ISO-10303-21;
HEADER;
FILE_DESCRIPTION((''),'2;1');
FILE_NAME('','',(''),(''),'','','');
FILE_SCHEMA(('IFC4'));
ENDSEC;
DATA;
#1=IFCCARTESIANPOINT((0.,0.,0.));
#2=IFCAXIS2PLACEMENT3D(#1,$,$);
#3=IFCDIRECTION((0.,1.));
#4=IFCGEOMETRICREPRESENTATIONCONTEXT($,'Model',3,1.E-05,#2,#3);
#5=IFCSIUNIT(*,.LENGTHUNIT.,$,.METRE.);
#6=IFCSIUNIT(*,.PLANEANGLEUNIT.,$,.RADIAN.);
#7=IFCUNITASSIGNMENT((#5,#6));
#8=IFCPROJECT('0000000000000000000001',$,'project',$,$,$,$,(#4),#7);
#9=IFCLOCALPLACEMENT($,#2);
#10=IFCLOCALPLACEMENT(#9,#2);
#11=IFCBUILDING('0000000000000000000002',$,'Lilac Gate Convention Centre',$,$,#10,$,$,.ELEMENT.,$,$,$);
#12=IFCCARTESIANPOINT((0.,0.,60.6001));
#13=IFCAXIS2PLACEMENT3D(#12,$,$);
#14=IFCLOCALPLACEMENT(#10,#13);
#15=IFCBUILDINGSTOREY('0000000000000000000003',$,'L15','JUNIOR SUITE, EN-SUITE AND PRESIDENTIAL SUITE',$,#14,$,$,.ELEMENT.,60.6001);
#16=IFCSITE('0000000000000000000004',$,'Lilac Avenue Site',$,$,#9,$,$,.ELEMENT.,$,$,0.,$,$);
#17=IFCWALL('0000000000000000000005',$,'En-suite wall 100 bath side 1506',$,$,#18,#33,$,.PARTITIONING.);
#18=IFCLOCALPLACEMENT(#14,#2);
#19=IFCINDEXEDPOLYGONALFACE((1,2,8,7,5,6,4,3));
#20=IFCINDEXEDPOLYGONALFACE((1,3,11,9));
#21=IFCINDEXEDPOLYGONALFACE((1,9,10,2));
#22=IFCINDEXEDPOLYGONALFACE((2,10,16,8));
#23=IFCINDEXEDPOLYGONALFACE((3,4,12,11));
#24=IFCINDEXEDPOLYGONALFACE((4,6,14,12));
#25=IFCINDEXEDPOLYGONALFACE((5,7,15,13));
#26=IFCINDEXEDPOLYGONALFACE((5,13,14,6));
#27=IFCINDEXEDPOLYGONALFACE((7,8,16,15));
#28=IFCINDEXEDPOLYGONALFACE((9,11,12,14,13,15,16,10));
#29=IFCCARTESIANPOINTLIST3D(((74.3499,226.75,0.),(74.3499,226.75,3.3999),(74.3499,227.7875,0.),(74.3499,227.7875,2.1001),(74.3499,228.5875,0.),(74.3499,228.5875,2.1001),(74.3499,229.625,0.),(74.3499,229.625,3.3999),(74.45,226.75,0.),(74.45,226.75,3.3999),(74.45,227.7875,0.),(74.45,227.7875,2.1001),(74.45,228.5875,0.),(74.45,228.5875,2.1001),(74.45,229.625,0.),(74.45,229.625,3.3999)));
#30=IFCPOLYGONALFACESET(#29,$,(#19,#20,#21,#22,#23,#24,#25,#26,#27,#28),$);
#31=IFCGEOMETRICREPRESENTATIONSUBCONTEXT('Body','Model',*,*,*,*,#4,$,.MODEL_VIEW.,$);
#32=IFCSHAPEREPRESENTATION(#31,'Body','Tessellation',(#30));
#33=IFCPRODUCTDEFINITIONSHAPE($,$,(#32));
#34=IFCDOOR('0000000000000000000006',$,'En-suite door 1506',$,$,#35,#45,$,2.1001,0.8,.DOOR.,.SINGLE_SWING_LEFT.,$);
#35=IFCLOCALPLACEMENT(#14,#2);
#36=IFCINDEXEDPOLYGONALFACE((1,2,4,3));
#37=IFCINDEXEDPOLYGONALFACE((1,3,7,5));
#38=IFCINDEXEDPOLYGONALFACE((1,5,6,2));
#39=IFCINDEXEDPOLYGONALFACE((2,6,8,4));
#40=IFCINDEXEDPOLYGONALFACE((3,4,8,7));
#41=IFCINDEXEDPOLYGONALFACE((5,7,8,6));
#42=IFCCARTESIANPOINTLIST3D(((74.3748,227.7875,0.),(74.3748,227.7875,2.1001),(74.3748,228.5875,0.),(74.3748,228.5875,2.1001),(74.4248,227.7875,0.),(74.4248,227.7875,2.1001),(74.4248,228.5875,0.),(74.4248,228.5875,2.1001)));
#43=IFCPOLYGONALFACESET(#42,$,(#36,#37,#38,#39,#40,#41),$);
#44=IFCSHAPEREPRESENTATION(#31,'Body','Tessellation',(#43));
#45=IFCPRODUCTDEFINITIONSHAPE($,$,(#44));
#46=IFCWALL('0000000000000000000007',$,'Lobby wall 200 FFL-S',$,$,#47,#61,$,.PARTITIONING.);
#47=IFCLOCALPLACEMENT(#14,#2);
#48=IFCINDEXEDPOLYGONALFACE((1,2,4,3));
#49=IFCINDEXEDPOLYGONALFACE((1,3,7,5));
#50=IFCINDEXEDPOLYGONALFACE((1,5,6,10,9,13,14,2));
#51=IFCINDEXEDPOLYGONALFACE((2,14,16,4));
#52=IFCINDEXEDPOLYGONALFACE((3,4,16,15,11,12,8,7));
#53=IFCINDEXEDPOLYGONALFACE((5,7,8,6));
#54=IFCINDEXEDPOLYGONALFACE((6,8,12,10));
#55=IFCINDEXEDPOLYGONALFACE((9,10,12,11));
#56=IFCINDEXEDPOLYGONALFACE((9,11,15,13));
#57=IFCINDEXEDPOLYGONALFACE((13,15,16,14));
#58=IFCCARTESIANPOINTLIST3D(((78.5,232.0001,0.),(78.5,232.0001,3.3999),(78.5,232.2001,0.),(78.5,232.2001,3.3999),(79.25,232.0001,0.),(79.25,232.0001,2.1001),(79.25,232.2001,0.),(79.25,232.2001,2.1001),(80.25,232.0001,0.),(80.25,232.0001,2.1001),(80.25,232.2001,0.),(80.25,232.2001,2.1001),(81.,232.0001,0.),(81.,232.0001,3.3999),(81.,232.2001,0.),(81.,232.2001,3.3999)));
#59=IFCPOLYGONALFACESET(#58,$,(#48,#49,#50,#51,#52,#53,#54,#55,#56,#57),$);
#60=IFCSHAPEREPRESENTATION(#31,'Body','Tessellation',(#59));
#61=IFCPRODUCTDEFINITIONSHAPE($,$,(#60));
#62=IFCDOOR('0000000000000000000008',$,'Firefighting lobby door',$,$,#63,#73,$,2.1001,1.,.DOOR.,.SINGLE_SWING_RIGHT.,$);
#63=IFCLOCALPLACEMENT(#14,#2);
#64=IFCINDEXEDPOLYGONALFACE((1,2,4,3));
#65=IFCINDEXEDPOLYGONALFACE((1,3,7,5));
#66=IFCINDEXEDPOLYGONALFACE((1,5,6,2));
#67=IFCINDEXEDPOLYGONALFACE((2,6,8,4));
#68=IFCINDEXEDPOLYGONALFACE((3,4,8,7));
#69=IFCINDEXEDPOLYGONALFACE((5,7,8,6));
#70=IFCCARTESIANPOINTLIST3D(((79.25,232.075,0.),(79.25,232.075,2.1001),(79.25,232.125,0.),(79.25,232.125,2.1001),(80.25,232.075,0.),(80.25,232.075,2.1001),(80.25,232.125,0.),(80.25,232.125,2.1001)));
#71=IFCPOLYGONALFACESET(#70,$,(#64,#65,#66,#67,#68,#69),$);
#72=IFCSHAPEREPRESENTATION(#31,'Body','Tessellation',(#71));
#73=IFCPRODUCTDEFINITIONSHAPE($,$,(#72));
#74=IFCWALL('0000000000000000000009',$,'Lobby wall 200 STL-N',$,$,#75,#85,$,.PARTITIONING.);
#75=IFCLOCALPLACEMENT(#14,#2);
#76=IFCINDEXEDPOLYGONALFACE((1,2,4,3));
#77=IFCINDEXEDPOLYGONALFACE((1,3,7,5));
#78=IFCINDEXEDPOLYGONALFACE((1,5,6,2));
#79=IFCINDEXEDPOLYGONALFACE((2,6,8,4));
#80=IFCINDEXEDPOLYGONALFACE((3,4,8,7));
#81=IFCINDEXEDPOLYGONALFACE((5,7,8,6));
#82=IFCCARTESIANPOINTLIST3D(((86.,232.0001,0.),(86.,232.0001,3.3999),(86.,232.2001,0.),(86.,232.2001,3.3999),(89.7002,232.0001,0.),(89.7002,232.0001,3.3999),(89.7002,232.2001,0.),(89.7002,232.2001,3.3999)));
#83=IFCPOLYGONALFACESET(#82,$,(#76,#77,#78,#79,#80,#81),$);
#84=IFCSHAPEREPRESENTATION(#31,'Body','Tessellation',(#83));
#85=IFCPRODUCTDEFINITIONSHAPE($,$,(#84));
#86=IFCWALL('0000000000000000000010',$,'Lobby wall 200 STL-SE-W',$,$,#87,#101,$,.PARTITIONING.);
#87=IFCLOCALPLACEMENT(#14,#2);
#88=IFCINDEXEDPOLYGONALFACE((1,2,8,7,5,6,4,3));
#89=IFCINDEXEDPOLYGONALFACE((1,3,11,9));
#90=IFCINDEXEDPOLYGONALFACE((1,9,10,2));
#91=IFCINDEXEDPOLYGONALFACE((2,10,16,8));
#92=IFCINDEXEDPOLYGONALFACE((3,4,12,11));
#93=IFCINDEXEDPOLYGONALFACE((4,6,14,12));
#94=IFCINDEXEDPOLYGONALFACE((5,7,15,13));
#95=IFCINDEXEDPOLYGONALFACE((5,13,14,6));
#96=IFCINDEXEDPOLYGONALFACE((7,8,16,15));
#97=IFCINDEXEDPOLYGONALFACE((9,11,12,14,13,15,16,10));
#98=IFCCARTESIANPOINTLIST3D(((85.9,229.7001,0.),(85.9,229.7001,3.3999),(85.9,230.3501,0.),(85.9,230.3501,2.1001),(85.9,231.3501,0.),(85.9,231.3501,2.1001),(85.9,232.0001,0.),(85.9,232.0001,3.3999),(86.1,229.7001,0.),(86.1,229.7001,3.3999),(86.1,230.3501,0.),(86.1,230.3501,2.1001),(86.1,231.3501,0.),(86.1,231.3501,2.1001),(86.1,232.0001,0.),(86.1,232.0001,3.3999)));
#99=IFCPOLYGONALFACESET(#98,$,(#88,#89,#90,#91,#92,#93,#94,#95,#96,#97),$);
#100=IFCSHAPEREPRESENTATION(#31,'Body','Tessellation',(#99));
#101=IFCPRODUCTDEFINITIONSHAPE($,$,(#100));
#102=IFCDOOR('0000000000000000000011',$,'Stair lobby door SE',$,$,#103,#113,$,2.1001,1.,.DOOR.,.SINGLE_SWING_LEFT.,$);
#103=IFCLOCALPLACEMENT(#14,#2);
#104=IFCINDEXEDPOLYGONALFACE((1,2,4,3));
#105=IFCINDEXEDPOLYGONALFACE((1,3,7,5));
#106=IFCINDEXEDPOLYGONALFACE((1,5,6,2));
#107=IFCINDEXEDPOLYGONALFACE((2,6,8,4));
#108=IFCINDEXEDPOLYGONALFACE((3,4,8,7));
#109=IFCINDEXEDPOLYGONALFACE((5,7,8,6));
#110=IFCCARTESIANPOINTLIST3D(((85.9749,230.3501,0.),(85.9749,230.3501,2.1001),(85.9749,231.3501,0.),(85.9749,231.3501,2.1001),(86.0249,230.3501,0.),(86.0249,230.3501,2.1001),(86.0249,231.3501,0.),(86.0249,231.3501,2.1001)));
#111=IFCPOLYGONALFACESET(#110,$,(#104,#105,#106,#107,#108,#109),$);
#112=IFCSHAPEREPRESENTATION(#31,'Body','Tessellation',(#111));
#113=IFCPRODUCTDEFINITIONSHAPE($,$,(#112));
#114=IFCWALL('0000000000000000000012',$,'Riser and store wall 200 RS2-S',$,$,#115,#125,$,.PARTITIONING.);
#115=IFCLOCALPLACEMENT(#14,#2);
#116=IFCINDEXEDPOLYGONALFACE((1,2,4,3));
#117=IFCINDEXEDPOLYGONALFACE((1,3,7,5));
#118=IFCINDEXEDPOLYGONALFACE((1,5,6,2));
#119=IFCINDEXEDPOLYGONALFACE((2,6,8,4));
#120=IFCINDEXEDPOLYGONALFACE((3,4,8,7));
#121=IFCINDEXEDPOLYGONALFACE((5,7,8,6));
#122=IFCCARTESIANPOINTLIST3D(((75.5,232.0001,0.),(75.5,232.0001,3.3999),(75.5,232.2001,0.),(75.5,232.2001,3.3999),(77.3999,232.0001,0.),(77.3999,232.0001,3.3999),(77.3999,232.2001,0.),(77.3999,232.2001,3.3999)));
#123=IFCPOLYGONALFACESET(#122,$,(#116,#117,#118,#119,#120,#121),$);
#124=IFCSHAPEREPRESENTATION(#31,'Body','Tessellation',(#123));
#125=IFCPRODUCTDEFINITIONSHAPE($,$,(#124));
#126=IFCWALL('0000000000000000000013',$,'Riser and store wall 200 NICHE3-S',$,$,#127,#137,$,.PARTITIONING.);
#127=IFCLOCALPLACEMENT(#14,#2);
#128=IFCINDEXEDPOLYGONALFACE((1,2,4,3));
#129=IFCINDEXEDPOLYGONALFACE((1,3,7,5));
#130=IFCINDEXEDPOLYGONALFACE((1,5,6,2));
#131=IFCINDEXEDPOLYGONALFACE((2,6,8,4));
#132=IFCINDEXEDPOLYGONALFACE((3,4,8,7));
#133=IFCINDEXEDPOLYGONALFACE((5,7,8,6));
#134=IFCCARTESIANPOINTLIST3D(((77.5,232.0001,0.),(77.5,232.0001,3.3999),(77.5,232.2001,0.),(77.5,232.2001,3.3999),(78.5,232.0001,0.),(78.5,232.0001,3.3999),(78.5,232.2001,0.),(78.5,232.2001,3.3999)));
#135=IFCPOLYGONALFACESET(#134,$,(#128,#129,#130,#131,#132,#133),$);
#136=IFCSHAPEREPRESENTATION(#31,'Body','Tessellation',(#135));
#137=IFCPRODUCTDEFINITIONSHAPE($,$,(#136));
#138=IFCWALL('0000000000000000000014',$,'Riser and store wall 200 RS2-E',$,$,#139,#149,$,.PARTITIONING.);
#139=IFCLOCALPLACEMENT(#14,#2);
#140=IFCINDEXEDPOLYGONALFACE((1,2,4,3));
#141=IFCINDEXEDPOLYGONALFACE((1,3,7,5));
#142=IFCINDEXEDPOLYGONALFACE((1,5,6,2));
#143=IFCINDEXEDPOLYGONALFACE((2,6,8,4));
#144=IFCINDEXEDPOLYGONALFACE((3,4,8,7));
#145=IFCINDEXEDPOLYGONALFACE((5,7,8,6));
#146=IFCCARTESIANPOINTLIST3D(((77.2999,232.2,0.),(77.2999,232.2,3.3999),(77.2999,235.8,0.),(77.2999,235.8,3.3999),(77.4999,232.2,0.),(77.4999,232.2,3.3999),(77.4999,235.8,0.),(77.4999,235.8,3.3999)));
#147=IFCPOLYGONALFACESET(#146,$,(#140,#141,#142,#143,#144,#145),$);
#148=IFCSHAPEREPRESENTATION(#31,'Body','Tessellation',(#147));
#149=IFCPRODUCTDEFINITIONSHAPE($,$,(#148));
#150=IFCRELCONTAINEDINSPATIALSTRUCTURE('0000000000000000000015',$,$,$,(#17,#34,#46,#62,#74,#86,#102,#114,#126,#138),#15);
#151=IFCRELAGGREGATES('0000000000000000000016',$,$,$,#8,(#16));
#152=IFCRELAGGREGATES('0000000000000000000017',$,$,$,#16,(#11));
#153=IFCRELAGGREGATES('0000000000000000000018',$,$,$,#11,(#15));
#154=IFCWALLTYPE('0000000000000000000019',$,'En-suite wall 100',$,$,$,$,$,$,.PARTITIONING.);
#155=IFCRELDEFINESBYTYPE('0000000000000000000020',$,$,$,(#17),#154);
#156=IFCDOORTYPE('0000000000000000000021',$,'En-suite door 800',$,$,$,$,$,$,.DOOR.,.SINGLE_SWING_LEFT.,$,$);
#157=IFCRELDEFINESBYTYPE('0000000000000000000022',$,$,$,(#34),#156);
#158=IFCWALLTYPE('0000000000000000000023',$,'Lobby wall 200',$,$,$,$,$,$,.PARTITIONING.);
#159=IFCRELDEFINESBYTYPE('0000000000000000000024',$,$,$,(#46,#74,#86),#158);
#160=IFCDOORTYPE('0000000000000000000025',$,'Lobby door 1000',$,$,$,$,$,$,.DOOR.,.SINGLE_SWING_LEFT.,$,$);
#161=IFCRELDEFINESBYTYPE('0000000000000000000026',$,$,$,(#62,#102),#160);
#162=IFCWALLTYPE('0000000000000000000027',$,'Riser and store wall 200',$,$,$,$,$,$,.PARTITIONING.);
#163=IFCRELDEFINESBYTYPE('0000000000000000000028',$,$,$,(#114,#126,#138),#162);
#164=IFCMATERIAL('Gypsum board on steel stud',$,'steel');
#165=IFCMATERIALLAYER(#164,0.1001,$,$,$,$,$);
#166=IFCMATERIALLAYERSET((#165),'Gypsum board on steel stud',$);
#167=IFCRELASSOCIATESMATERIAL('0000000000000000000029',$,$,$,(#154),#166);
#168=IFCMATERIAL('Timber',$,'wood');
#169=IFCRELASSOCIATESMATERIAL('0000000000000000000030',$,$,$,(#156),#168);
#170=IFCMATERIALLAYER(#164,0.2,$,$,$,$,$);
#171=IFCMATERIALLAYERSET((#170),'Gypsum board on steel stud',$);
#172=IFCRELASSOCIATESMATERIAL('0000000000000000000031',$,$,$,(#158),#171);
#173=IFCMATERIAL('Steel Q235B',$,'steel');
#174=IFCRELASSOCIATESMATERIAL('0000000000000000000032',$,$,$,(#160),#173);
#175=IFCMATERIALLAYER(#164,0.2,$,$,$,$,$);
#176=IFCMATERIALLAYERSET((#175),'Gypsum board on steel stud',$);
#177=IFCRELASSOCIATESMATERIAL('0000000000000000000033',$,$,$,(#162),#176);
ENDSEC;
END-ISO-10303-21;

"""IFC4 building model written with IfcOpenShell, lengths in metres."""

from ifc_helpers import new_model, si_unit, direction, frame, frame_2d, origin, place, context, subcontext, project, spatial, rectangle, extrude, material, layer, layer_set, type_object, element, fill, save


model = new_model("IFC4")

# Units and contexts
model_context = context("Model", 3, precision=1e-05, world=origin(), true_north=direction((0.0, 1.0)))
body_context = subcontext(model_context, "Body", "Model", "MODEL_VIEW")
ifc_project = project(units=[si_unit("LENGTHUNIT", "METRE"), si_unit("PLANEANGLEUNIT", "RADIAN")], contexts=[model_context])

# Site, building, storey
site_placement = place(None, origin())
site = spatial("IfcSite", under=ifc_project, at=site_placement, Name="Lilac Avenue Site", CompositionType="ELEMENT", RefElevation=0.0)
building_placement = place(site_placement, origin())
building = spatial("IfcBuilding", under=site, at=building_placement, Name="Lilac Gate Convention Centre", CompositionType="ELEMENT")
storey_placement = place(building_placement, frame((0.0, 0.0, 60.6001)))
storey = spatial("IfcBuildingStorey", under=building, at=storey_placement, Name="L15", Description="JUNIOR SUITE, EN-SUITE AND PRESIDENTIAL SUITE", CompositionType="ELEMENT", Elevation=60.6001)

# Shared definitions
ifc_material_1 = material(Name="Steel Q235B", Category="steel")

# Walls, openings, doors
ifc_material_2 = material(Name="Gypsum board on steel stud", Category="steel")
ifc_material_3 = material(Name="Timber", Category="wood")
ifc_layer_1 = layer(ifc_material_2, 0.1001)
ifc_layer_set_1 = layer_set([ifc_layer_1], Name="Gypsum board on steel stud")
wall_type_1 = type_object("IfcWallType", Name="En-suite wall 100", PredefinedType="PARTITIONING", material=ifc_layer_set_1)
wall_1_placement = place(storey_placement, frame((74.3999, 229.625, 0.0), z_axis=(0.0, 0.0, 1.0), x_axis=(0.0, -1.0, 0.0)))
wall_1 = element("IfcWall", 1, at=wall_1_placement, inside=storey, type_object=wall_type_1, Name="En-suite wall 100 bath side 1506", PredefinedType="PARTITIONING", context=body_context, shape_type="SweptSolid", body=[
    extrude(rectangle(XDim=2.875, YDim=0.1001, at=frame_2d((1.4375, 0.0))), origin(), (0.0, 0.0, 1.0), 3.3999),
])
opening_1_placement = place(wall_1_placement, frame((1.0376, 0.0, 0.0)))
opening_1 = element("IfcOpeningElement", 2, at=opening_1_placement, cuts=wall_1, PredefinedType="OPENING", context=body_context, shape_type="SweptSolid", body=[
    extrude(rectangle(XDim=0.8, YDim=2.1001, at=frame_2d((0.3999, 1.05))), frame((0.0, 0.0601, 0.0), z_axis=(0.0, -1.0, 0.0), x_axis=(1.0, 0.0, 0.0)), (0.0, 0.0, 1.0), 0.1201),
])
door_type_1 = type_object("IfcDoorType", Name="En-suite door 800", OperationType="SINGLE_SWING_LEFT", PredefinedType="DOOR", material=ifc_material_3)
door_1_placement = place(opening_1_placement, origin())
door_1 = element("IfcDoor", 3, at=door_1_placement, inside=storey, type_object=door_type_1, Name="En-suite door 1506", OperationType="SINGLE_SWING_LEFT", OverallHeight=2.1001, OverallWidth=0.8, PredefinedType="DOOR", context=body_context, shape_type="SweptSolid", body=[
    extrude(rectangle(XDim=0.8, YDim=2.1001, at=frame_2d((0.3999, 1.05))), frame((0.0, 0.0249, 0.0), z_axis=(0.0, -1.0, 0.0), x_axis=(1.0, 0.0, 0.0)), (0.0, 0.0, 1.0), 0.05),
])
fill(opening_1, door_1)
ifc_layer_2 = layer(ifc_material_2, 0.2)
ifc_layer_set_2 = layer_set([ifc_layer_2], Name="Gypsum board on steel stud")
wall_type_2 = type_object("IfcWallType", Name="Lobby wall 200", PredefinedType="PARTITIONING", material=ifc_layer_set_2)
wall_2_placement = place(storey_placement, frame((78.5, 232.1001, 0.0), z_axis=(0.0, 0.0, 1.0), x_axis=(1.0, 0.0, 0.0)))
wall_2 = element("IfcWall", 4, at=wall_2_placement, inside=storey, type_object=wall_type_2, Name="Lobby wall 200 FFL-S", PredefinedType="PARTITIONING", context=body_context, shape_type="SweptSolid", body=[
    extrude(rectangle(XDim=2.5, YDim=0.2, at=frame_2d((1.25, 0.0))), origin(), (0.0, 0.0, 1.0), 3.3999),
])
opening_2_placement = place(wall_2_placement, frame((0.75, 0.0, 0.0)))
opening_2 = element("IfcOpeningElement", 5, at=opening_2_placement, cuts=wall_2, PredefinedType="OPENING", context=body_context, shape_type="SweptSolid", body=[
    extrude(rectangle(XDim=1.0, YDim=2.1001, at=frame_2d((0.5, 1.05))), frame((0.0, 0.1099, 0.0), z_axis=(0.0, -1.0, 0.0), x_axis=(1.0, 0.0, 0.0)), (0.0, 0.0, 1.0), 0.22),
])
door_type_2 = type_object("IfcDoorType", Name="Lobby door 1000", OperationType="SINGLE_SWING_LEFT", PredefinedType="DOOR", material=ifc_material_1)
door_2_placement = place(opening_2_placement, origin())
door_2 = element("IfcDoor", 6, at=door_2_placement, inside=storey, type_object=door_type_2, Name="Firefighting lobby door", OperationType="SINGLE_SWING_RIGHT", OverallHeight=2.1001, OverallWidth=1.0, PredefinedType="DOOR", context=body_context, shape_type="SweptSolid", body=[
    extrude(rectangle(XDim=1.0, YDim=2.1001, at=frame_2d((0.5, 1.05))), frame((0.0, 0.0249, 0.0), z_axis=(0.0, -1.0, 0.0), x_axis=(1.0, 0.0, 0.0)), (0.0, 0.0, 1.0), 0.05),
])
fill(opening_2, door_2)

# Wall
wall_3_placement = place(storey_placement, frame((86.0, 232.1001, 0.0), z_axis=(0.0, 0.0, 1.0), x_axis=(1.0, 0.0, 0.0)))
element("IfcWall", 7, at=wall_3_placement, inside=storey, type_object=wall_type_2, Name="Lobby wall 200 STL-N", PredefinedType="PARTITIONING", context=body_context, shape_type="SweptSolid", body=[
    extrude(rectangle(XDim=3.7002, YDim=0.2, at=frame_2d((1.8501, 0.0))), origin(), (0.0, 0.0, 1.0), 3.3999),
])

# Wall, opening, door
wall_4_placement = place(storey_placement, frame((86.0, 232.0, 0.0), z_axis=(0.0, 0.0, 1.0), x_axis=(0.0, -1.0, 0.0)))
wall_4 = element("IfcWall", 8, at=wall_4_placement, inside=storey, type_object=wall_type_2, Name="Lobby wall 200 STL-SE-W", PredefinedType="PARTITIONING", context=body_context, shape_type="SweptSolid", body=[
    extrude(rectangle(XDim=2.3, YDim=0.2, at=frame_2d((1.1499, 0.0))), origin(), (0.0, 0.0, 1.0), 3.3999),
])
opening_3_placement = place(wall_4_placement, frame((0.6499, 0.0, 0.0)))
opening_3 = element("IfcOpeningElement", 9, at=opening_3_placement, cuts=wall_4, PredefinedType="OPENING", context=body_context, shape_type="SweptSolid", body=[
    extrude(rectangle(XDim=1.0, YDim=2.1001, at=frame_2d((0.5, 1.05))), frame((0.0, 0.1099, 0.0), z_axis=(0.0, -1.0, 0.0), x_axis=(1.0, 0.0, 0.0)), (0.0, 0.0, 1.0), 0.22),
])
door_3_placement = place(opening_3_placement, origin())
door_3 = element("IfcDoor", 10, at=door_3_placement, inside=storey, type_object=door_type_2, Name="Stair lobby door SE", OperationType="SINGLE_SWING_LEFT", OverallHeight=2.1001, OverallWidth=1.0, PredefinedType="DOOR", context=body_context, shape_type="SweptSolid", body=[
    extrude(rectangle(XDim=1.0, YDim=2.1001, at=frame_2d((0.5, 1.05))), frame((0.0, 0.0249, 0.0), z_axis=(0.0, -1.0, 0.0), x_axis=(1.0, 0.0, 0.0)), (0.0, 0.0, 1.0), 0.05),
])
fill(opening_3, door_3)

# Walls
ifc_layer_3 = layer(ifc_material_2, 0.2)
ifc_layer_set_3 = layer_set([ifc_layer_3], Name="Gypsum board on steel stud")
wall_type_3 = type_object("IfcWallType", Name="Riser and store wall 200", PredefinedType="PARTITIONING", material=ifc_layer_set_3)
wall_5_placement = place(storey_placement, frame((75.5, 232.1001, 0.0), z_axis=(0.0, 0.0, 1.0), x_axis=(1.0, 0.0, 0.0)))
element("IfcWall", 11, at=wall_5_placement, inside=storey, type_object=wall_type_3, Name="Riser and store wall 200 RS2-S", PredefinedType="PARTITIONING", context=body_context, shape_type="SweptSolid", body=[
    extrude(rectangle(XDim=1.8999, YDim=0.2, at=frame_2d((0.95, 0.0))), origin(), (0.0, 0.0, 1.0), 3.3999),
])
wall_6_placement = place(storey_placement, frame((77.5, 232.1001, 0.0), z_axis=(0.0, 0.0, 1.0), x_axis=(1.0, 0.0, 0.0)))
element("IfcWall", 12, at=wall_6_placement, inside=storey, type_object=wall_type_3, Name="Riser and store wall 200 NICHE3-S", PredefinedType="PARTITIONING", context=body_context, shape_type="SweptSolid", body=[
    extrude(rectangle(XDim=1.0, YDim=0.2, at=frame_2d((0.5, 0.0))), origin(), (0.0, 0.0, 1.0), 3.3999),
])
wall_7_placement = place(storey_placement, frame((77.3999, 232.2, 0.0), z_axis=(0.0, 0.0, 1.0), x_axis=(0.0, 1.0, 0.0)))
element("IfcWall", 13, at=wall_7_placement, inside=storey, type_object=wall_type_3, Name="Riser and store wall 200 RS2-E", PredefinedType="PARTITIONING", context=body_context, shape_type="SweptSolid", body=[
    extrude(rectangle(XDim=3.6001, YDim=0.2, at=frame_2d((1.8, 0.0))), origin(), (0.0, 0.0, 1.0), 3.3999),
])

save(model, "model.ifc")
